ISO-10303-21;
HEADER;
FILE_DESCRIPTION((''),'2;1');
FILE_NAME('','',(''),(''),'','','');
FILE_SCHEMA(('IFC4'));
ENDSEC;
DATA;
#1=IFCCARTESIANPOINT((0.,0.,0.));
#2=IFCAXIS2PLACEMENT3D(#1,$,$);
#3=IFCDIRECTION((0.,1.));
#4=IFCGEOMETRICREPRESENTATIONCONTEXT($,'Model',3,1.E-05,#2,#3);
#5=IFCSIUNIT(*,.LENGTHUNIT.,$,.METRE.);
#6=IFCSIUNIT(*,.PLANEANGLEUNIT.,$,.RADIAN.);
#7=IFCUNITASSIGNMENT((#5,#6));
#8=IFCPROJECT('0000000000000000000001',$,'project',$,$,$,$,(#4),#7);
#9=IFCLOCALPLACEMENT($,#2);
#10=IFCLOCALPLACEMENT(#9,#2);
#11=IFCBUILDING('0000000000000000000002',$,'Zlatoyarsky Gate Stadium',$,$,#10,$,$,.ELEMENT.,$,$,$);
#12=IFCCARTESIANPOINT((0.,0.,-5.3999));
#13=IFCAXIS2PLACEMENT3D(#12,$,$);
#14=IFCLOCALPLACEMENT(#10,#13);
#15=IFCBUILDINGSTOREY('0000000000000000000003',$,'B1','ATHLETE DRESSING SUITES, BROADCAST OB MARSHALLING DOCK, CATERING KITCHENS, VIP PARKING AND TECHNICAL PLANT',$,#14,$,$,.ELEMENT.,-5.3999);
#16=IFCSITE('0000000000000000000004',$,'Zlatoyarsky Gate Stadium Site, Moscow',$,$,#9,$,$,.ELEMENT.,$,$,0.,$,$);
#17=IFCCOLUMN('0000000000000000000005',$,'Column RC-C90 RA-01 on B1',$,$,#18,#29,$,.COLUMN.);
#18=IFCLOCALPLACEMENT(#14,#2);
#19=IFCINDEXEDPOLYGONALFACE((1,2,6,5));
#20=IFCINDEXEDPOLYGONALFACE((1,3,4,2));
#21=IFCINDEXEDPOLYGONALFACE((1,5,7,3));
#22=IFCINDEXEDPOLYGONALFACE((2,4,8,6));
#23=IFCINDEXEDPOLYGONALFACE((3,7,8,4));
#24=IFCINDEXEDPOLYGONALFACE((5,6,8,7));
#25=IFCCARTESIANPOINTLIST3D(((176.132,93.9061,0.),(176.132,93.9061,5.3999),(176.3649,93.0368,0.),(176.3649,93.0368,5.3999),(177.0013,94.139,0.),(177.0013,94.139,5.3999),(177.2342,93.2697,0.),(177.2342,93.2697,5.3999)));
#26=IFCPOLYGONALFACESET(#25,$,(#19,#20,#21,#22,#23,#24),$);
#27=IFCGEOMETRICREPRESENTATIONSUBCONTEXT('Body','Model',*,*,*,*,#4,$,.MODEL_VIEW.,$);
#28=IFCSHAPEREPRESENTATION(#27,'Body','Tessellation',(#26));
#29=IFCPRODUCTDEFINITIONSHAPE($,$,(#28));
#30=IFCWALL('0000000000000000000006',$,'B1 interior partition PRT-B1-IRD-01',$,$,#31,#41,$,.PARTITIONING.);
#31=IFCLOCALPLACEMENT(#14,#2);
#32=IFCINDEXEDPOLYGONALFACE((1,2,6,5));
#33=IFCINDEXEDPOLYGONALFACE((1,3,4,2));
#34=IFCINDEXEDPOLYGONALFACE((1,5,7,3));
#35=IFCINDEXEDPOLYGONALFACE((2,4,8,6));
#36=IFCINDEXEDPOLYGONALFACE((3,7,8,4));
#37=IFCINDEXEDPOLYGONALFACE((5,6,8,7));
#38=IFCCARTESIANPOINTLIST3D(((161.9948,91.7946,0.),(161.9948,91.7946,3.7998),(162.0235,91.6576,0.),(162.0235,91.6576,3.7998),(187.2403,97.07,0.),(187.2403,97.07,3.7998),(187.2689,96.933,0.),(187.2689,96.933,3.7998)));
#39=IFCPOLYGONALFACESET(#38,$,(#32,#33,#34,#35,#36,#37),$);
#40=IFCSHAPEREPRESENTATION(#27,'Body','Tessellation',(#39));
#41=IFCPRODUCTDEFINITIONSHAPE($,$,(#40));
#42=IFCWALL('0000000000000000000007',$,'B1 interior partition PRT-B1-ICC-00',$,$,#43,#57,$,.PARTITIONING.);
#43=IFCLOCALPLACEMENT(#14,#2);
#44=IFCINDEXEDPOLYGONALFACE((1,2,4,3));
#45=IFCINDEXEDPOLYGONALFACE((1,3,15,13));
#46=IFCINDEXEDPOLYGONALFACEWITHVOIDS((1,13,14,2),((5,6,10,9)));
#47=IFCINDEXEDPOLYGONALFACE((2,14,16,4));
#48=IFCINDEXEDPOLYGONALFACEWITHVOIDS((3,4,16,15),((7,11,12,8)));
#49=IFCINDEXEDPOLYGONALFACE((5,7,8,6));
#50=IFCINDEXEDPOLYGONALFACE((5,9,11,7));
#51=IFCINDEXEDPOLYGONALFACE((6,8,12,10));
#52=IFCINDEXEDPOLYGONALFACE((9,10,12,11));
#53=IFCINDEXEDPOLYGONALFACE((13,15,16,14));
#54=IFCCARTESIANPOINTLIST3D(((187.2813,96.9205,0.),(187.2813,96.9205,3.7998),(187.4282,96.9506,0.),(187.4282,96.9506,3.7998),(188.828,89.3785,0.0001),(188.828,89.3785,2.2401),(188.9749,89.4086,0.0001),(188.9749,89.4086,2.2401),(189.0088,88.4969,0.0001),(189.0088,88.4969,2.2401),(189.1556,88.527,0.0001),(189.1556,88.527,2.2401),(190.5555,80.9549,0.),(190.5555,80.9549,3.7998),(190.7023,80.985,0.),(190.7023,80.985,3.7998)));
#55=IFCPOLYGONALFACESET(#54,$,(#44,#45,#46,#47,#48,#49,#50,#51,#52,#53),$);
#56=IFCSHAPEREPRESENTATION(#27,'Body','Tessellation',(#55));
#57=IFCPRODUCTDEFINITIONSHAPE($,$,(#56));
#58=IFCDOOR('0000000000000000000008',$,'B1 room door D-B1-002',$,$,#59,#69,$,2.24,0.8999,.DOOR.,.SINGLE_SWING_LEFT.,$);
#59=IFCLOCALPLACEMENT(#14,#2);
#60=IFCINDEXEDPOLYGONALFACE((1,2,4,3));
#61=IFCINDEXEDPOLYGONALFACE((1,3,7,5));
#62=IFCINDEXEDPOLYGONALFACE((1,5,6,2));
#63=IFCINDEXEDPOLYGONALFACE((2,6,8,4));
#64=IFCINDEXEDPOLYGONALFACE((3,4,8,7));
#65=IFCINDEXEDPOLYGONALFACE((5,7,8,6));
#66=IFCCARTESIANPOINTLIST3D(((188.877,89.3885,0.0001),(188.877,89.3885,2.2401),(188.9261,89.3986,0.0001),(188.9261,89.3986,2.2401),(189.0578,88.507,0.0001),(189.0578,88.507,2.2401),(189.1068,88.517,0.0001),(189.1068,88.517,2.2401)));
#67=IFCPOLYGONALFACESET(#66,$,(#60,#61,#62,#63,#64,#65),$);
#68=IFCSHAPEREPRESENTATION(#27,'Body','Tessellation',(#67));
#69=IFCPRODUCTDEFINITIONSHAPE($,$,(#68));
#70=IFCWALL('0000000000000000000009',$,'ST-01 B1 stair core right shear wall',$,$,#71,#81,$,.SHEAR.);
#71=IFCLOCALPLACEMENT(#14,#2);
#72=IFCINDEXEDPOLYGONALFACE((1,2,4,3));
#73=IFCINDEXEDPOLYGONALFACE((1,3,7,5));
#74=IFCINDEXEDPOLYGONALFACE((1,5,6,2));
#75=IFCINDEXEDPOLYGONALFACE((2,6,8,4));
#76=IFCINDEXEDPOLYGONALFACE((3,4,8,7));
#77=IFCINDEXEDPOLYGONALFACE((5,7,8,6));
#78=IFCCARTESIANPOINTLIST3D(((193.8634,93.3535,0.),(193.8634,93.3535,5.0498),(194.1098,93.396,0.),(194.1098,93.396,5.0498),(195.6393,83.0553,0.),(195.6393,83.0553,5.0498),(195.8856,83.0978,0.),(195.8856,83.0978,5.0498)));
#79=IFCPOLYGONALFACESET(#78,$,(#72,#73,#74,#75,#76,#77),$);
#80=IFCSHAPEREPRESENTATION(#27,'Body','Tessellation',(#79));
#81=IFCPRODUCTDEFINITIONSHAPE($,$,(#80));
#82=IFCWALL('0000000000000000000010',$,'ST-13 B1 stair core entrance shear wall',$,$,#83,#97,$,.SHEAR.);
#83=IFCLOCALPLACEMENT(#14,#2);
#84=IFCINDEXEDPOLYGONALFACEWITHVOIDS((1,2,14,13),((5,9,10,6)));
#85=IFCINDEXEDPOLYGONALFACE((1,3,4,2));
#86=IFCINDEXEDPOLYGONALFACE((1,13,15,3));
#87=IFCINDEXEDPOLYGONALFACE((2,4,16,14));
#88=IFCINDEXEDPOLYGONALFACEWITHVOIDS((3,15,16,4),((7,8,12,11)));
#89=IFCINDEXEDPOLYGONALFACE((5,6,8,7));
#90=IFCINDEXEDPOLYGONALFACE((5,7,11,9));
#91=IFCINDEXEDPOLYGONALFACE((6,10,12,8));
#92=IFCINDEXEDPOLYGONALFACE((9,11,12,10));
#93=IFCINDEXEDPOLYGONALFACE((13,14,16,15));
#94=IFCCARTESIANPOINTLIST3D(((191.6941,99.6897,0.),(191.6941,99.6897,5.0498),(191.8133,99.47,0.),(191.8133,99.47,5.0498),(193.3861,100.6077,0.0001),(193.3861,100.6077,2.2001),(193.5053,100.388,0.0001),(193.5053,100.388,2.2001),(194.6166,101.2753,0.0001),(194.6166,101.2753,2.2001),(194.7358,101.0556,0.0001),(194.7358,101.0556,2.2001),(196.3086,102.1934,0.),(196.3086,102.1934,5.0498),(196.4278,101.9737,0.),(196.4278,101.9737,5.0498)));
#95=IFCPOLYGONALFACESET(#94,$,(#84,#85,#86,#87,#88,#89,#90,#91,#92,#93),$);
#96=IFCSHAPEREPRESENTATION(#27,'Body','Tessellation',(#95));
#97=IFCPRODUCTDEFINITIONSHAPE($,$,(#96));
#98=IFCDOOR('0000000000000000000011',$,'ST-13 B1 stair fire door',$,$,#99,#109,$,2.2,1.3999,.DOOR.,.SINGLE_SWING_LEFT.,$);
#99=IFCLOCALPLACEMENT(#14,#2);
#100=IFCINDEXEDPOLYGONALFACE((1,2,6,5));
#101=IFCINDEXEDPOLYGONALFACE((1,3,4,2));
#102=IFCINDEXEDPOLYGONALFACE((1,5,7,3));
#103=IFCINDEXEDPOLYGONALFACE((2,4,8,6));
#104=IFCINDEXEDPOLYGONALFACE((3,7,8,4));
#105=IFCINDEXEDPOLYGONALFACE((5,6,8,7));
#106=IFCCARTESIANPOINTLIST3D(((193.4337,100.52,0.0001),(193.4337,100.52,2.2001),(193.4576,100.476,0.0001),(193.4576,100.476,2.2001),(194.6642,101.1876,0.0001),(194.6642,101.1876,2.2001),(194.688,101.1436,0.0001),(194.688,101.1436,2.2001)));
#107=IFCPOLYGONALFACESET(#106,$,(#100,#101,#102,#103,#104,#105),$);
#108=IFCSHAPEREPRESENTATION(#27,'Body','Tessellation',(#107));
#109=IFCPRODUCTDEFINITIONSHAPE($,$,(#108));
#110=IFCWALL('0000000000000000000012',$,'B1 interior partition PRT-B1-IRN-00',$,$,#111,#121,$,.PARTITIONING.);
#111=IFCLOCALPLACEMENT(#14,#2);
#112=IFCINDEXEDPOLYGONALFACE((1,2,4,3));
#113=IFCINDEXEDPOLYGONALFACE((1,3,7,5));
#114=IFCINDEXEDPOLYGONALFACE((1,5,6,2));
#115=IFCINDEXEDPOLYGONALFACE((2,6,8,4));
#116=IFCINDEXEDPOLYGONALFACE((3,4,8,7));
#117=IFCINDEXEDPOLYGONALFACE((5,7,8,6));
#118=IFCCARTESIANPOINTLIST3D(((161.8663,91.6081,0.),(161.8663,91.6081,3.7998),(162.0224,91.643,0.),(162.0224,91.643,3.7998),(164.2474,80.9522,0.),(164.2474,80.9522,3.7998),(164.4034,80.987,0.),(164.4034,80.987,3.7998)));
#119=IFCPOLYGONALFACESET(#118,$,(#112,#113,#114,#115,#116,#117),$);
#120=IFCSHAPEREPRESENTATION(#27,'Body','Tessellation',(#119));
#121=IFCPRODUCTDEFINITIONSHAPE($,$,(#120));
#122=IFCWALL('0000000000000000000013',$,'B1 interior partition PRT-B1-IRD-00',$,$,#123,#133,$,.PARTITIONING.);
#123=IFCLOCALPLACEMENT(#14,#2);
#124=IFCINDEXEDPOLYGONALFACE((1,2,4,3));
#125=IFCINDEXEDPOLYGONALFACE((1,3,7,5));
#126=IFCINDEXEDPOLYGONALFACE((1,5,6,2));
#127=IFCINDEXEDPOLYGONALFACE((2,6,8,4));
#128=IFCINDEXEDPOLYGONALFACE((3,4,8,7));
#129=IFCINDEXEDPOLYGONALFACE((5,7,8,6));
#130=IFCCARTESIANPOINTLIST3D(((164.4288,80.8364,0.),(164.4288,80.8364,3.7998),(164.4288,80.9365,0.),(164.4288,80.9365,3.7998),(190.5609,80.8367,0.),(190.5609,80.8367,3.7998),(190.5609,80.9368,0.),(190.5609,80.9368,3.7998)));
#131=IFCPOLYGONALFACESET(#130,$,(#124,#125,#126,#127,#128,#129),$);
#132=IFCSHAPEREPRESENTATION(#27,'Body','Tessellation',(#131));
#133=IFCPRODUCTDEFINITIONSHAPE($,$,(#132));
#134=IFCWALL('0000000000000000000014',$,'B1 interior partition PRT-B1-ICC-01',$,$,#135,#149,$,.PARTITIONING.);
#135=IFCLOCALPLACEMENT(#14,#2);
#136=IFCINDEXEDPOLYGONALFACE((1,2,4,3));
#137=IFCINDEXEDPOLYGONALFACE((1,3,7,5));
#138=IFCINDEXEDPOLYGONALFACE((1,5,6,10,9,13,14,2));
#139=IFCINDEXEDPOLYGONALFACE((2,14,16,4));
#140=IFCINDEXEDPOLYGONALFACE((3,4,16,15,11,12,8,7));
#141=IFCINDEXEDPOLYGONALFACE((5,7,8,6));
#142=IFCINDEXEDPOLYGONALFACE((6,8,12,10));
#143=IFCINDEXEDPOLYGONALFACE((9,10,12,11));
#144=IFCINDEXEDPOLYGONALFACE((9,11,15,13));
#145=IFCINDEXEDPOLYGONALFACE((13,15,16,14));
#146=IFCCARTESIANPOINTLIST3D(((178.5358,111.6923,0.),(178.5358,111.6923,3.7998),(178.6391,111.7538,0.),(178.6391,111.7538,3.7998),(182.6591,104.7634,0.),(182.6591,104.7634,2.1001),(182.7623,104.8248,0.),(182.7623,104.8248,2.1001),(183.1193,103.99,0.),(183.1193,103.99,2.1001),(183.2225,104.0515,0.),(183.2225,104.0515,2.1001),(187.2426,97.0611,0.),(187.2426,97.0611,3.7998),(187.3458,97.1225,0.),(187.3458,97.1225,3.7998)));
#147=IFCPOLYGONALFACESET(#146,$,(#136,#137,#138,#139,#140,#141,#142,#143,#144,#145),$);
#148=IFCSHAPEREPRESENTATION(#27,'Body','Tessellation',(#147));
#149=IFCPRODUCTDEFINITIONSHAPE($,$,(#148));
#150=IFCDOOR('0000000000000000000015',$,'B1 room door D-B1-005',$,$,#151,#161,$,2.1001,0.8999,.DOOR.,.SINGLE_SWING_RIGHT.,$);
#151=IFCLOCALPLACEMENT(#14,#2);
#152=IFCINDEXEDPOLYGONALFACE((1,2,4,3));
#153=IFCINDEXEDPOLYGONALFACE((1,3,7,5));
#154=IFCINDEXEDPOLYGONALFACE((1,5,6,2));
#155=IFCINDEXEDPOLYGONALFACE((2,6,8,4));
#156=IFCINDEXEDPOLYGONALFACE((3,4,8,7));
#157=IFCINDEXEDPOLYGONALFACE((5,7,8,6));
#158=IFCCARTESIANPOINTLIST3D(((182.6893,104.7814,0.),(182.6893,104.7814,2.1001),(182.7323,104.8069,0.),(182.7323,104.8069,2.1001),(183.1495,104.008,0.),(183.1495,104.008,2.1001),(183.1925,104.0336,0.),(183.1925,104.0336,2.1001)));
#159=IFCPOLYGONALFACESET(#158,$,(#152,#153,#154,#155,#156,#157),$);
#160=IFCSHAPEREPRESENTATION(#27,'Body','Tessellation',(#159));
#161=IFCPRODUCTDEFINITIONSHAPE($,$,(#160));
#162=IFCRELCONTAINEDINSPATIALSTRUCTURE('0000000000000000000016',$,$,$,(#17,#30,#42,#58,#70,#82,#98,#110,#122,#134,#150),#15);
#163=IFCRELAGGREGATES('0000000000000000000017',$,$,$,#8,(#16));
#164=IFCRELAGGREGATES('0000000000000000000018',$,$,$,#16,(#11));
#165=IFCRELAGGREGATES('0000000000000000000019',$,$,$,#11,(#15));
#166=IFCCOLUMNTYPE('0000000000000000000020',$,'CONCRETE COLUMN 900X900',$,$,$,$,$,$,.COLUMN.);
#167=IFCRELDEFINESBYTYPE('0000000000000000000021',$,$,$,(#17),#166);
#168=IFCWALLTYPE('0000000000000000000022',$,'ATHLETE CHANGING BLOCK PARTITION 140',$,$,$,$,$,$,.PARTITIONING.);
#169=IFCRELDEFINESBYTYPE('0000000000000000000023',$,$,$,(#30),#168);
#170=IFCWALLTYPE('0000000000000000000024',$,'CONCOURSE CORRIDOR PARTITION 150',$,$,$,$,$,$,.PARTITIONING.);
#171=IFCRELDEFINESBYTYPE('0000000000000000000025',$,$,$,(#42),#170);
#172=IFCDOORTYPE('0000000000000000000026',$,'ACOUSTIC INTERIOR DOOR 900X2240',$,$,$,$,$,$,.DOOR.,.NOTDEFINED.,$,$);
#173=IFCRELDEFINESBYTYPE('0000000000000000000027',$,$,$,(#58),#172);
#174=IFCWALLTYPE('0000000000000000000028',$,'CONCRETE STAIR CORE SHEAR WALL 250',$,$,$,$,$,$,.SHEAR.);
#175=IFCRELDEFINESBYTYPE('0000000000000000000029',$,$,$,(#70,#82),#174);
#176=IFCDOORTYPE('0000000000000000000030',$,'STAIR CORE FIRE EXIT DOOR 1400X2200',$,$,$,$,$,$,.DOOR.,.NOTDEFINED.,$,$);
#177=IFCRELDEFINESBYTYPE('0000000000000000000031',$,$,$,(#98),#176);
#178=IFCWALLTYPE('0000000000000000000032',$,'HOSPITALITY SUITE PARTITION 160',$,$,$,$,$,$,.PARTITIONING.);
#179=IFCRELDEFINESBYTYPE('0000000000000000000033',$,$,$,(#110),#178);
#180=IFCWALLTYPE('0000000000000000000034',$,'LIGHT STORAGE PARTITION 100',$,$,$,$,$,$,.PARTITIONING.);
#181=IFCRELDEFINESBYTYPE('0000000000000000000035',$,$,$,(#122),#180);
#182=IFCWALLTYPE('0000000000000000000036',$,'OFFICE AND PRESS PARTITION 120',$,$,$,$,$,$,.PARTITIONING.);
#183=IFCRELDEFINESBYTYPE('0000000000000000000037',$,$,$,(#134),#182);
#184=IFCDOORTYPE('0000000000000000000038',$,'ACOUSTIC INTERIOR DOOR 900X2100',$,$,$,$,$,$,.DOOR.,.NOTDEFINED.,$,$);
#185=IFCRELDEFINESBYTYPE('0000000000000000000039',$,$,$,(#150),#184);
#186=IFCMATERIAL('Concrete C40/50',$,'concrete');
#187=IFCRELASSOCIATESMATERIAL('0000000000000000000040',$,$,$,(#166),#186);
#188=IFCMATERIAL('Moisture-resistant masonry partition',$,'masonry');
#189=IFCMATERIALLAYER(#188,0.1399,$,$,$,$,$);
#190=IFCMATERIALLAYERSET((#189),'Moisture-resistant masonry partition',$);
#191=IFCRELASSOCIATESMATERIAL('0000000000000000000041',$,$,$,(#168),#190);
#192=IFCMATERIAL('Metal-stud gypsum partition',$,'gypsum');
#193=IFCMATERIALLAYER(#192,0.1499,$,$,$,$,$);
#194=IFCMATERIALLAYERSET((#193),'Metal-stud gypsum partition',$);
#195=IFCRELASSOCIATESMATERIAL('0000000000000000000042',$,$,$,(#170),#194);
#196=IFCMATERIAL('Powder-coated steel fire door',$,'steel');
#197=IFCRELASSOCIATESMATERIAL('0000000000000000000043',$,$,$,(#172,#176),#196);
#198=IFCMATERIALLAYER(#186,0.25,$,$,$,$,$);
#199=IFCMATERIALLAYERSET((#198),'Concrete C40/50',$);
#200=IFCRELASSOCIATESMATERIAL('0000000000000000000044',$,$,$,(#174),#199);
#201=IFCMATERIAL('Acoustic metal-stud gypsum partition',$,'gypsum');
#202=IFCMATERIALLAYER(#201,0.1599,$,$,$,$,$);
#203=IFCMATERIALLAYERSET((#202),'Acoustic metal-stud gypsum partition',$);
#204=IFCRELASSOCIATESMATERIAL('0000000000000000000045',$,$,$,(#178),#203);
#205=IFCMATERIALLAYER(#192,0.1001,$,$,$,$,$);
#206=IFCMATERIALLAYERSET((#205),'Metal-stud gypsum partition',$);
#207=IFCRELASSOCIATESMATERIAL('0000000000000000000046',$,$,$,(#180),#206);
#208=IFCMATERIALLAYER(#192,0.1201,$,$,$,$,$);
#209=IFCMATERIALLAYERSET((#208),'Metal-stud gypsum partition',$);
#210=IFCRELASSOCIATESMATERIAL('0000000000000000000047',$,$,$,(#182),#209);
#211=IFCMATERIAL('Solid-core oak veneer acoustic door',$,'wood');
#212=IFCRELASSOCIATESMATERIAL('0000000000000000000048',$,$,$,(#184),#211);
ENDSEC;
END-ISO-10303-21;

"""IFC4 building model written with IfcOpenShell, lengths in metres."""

from ifc_helpers import new_model, si_unit, direction, frame, frame_2d, origin, origin_2d, place, context, subcontext, project, spatial, rectangle, extrude, material, layer, layer_set, material_profile, profile_set, type_object, element, fill, save


model = new_model("IFC4")

# Units and contexts
model_context = context("Model", 3, precision=1e-05, world=origin(), true_north=direction((0.0, 1.0)))
body_context = subcontext(model_context, "Body", "Model", "MODEL_VIEW")
ifc_project = project(units=[si_unit("LENGTHUNIT", "METRE"), si_unit("PLANEANGLEUNIT", "RADIAN")], contexts=[model_context])

# Site, building, storey
site_placement = place(None, origin())
site = spatial("IfcSite", under=ifc_project, at=site_placement, Name="Zlatoyarsky Gate Stadium Site, Moscow", CompositionType="ELEMENT", RefElevation=0.0)
building_placement = place(site_placement, origin())
building = spatial("IfcBuilding", under=site, at=building_placement, Name="Zlatoyarsky Gate Stadium", CompositionType="ELEMENT")
storey_placement = place(building_placement, frame((0.0, 0.0, -5.3999)))
storey = spatial("IfcBuildingStorey", under=building, at=storey_placement, Name="B1", Description="ATHLETE DRESSING SUITES, BROADCAST OB MARSHALLING DOCK, CATERING KITCHENS, VIP PARKING AND TECHNICAL PLANT", CompositionType="ELEMENT", Elevation=-5.3999)

# Column
ifc_material_1 = material(Name="Concrete C40/50", Category="concrete")
ifc_material_profile_1 = material_profile(ifc_material_1, rectangle(XDim=0.8999, YDim=0.8999, at=origin_2d()), Name="RC COL 900X900")
ifc_profile_set_1 = profile_set([ifc_material_profile_1], Name="Concrete C40/50")
column_type_1 = type_object("IfcColumnType", Name="CONCRETE COLUMN 900X900", PredefinedType="COLUMN", material=ifc_profile_set_1)
column_1_placement = place(storey_placement, frame((176.6831, 93.5879, 0.0), z_axis=(0.0, 0.0, 1.0), x_axis=(0.965926, 0.258819, 0.0)))
element("IfcColumn", 1, at=column_1_placement, inside=storey, type_object=column_type_1, Name="Column RC-C90 RA-01 on B1", PredefinedType="COLUMN", context=body_context, shape_type="SweptSolid", body=[
    extrude(rectangle(XDim=0.8999, YDim=0.8999, at=origin_2d()), origin(), (0.0, 0.0, 1.0), 5.3999),
])

# Wall
ifc_material_2 = material(Name="Moisture-resistant masonry partition", Category="masonry")
ifc_layer_1 = layer(ifc_material_2, 0.1399)
ifc_layer_set_1 = layer_set([ifc_layer_1], Name="Moisture-resistant masonry partition")
wall_type_1 = type_object("IfcWallType", Name="ATHLETE CHANGING BLOCK PARTITION 140", PredefinedType="PARTITIONING", material=ifc_layer_set_1)
wall_1_placement = place(storey_placement, frame((162.009, 91.7261, 0.0), z_axis=(0.0, 0.0, 1.0), x_axis=(0.978857, 0.204547, 0.0)))
element("IfcWall", 2, at=wall_1_placement, inside=storey, type_object=wall_type_1, Name="B1 interior partition PRT-B1-IRD-01", PredefinedType="PARTITIONING", context=body_context, shape_type="SweptSolid", body=[
    extrude(rectangle(XDim=25.7908, YDim=0.1399, at=frame_2d((12.8955, 0.0))), origin(), (0.0, 0.0, 1.0), 3.7998),
])

# Wall, opening, door
ifc_material_3 = material(Name="Metal-stud gypsum partition", Category="gypsum")
ifc_layer_2 = layer(ifc_material_3, 0.1499)
ifc_layer_set_2 = layer_set([ifc_layer_2], Name="Metal-stud gypsum partition")
wall_type_2 = type_object("IfcWallType", Name="CONCOURSE CORRIDOR PARTITION 150", PredefinedType="PARTITIONING", material=ifc_layer_set_2)
wall_2_placement = place(storey_placement, frame((190.6289, 80.97, 0.0), z_axis=(0.0, 0.0, 1.0), x_axis=(-0.200896, 0.979613, 0.0)))
wall_2 = element("IfcWall", 3, at=wall_2_placement, inside=storey, type_object=wall_type_2, Name="B1 interior partition PRT-B1-ICC-00", PredefinedType="PARTITIONING", context=body_context, shape_type="SweptSolid", body=[
    extrude(rectangle(XDim=16.2979, YDim=0.1499, at=frame_2d((8.1489, 0.0))), origin(), (0.0, 0.0, 1.0), 3.7998),
])
opening_1_placement = place(wall_2_placement, frame((7.699, 0.0, 0.0)))
opening_1 = element("IfcOpeningElement", 4, at=opening_1_placement, cuts=wall_2, PredefinedType="OPENING", context=body_context, shape_type="SweptSolid", body=[
    extrude(rectangle(XDim=0.8999, YDim=2.24, at=frame_2d((0.45, 1.1201))), frame((0.0, 0.085, 0.0), z_axis=(0.0, -1.0, 0.0), x_axis=(1.0, 0.0, 0.0)), (0.0, 0.0, 1.0), 0.1699),
])
ifc_material_4 = material(Name="Powder-coated steel fire door", Category="steel")
door_type_1 = type_object("IfcDoorType", Name="ACOUSTIC INTERIOR DOOR 900X2240", OperationType="NOTDEFINED", PredefinedType="DOOR", material=ifc_material_4)
door_1_placement = place(opening_1_placement, origin())
door_1 = element("IfcDoor", 5, at=door_1_placement, inside=storey, type_object=door_type_1, Name="B1 room door D-B1-002", OperationType="SINGLE_SWING_LEFT", OverallHeight=2.24, OverallWidth=0.8999, PredefinedType="DOOR", context=body_context, shape_type="SweptSolid", body=[
    extrude(rectangle(XDim=0.8999, YDim=2.24, at=frame_2d((0.45, 1.1201))), frame((0.0, 0.0249, 0.0), z_axis=(0.0, -1.0, 0.0), x_axis=(1.0, 0.0, 0.0)), (0.0, 0.0, 1.0), 0.05),
])
fill(opening_1, door_1)

# Wall
ifc_layer_3 = layer(ifc_material_1, 0.25)
ifc_layer_set_3 = layer_set([ifc_layer_3], Name="Concrete C40/50")
wall_type_3 = type_object("IfcWallType", Name="CONCRETE STAIR CORE SHEAR WALL 250", PredefinedType="SHEAR", material=ifc_layer_set_3)
wall_3_placement = place(storey_placement, frame((193.9866, 93.3748, 0.0), z_axis=(0.0, 0.0, 1.0), x_axis=(0.169939, -0.985455, 0.0)))
element("IfcWall", 6, at=wall_3_placement, inside=storey, type_object=wall_type_3, Name="ST-01 B1 stair core right shear wall", PredefinedType="SHEAR", context=body_context, shape_type="SweptSolid", body=[
    extrude(rectangle(XDim=10.4502, YDim=0.25, at=frame_2d((5.2251, 0.0))), origin(), (0.0, 0.0, 1.0), 5.0498),
])

# Wall, opening, door
wall_4_placement = place(storey_placement, frame((191.7537, 99.5798, 0.0), z_axis=(0.0, 0.0, 1.0), x_axis=(0.878961, 0.476893, 0.0)))
wall_4 = element("IfcWall", 7, at=wall_4_placement, inside=storey, type_object=wall_type_3, Name="ST-13 B1 stair core entrance shear wall", PredefinedType="SHEAR", context=body_context, shape_type="SweptSolid", body=[
    extrude(rectangle(XDim=5.25, YDim=0.25, at=frame_2d((2.625, 0.0))), origin(), (0.0, 0.0, 1.0), 5.0498),
])
opening_2_placement = place(wall_4_placement, frame((1.925, 0.0, 0.0)))
opening_2 = element("IfcOpeningElement", 8, at=opening_2_placement, cuts=wall_4, PredefinedType="OPENING", context=body_context, shape_type="SweptSolid", body=[
    extrude(rectangle(XDim=1.3999, YDim=2.2, at=frame_2d((0.7, 1.1001))), frame((0.0, 0.135, 0.0), z_axis=(0.0, -1.0, 0.0), x_axis=(1.0, 0.0, 0.0)), (0.0, 0.0, 1.0), 0.27),
])
door_type_2 = type_object("IfcDoorType", Name="STAIR CORE FIRE EXIT DOOR 1400X2200", OperationType="NOTDEFINED", PredefinedType="DOOR", material=ifc_material_4)
door_2_placement = place(opening_2_placement, frame((1.3999, 0.0, 0.0), z_axis=(0.0, 0.0, 1.0), x_axis=(-1.0, 0.0, 0.0)))
door_2 = element("IfcDoor", 9, at=door_2_placement, inside=storey, type_object=door_type_2, Name="ST-13 B1 stair fire door", OperationType="SINGLE_SWING_LEFT", OverallHeight=2.2, OverallWidth=1.3999, PredefinedType="DOOR", context=body_context, shape_type="SweptSolid", body=[
    extrude(rectangle(XDim=1.3999, YDim=2.2, at=frame_2d((0.7, 1.1001))), frame((0.0, 0.0249, 0.0), z_axis=(0.0, -1.0, 0.0), x_axis=(1.0, 0.0, 0.0)), (0.0, 0.0, 1.0), 0.05),
])
fill(opening_2, door_2)

# Walls
ifc_material_5 = material(Name="Acoustic metal-stud gypsum partition", Category="gypsum")
ifc_layer_4 = layer(ifc_material_5, 0.1599)
ifc_layer_set_4 = layer_set([ifc_layer_4], Name="Acoustic metal-stud gypsum partition")
wall_type_4 = type_object("IfcWallType", Name="HOSPITALITY SUITE PARTITION 160", PredefinedType="PARTITIONING", material=ifc_layer_set_4)
wall_5_placement = place(storey_placement, frame((164.3254, 80.9695, 0.0), z_axis=(0.0, 0.0, 1.0), x_axis=(-0.218074, 0.975932, 0.0)))
element("IfcWall", 10, at=wall_5_placement, inside=storey, type_object=wall_type_4, Name="B1 interior partition PRT-B1-IRN-00", PredefinedType="PARTITIONING", context=body_context, shape_type="SweptSolid", body=[
    extrude(rectangle(XDim=10.9187, YDim=0.1599, at=frame_2d((5.4595, 0.0))), origin(), (0.0, 0.0, 1.0), 3.7998),
])
ifc_layer_5 = layer(ifc_material_3, 0.1001)
ifc_layer_set_5 = layer_set([ifc_layer_5], Name="Metal-stud gypsum partition")
wall_type_5 = type_object("IfcWallType", Name="LIGHT STORAGE PARTITION 100", PredefinedType="PARTITIONING", material=ifc_layer_set_5)
wall_6_placement = place(storey_placement, frame((164.429, 80.8865, 0.0), z_axis=(0.0, 0.0, 1.0), x_axis=(1.0, 0.000009, 0.0)))
element("IfcWall", 11, at=wall_6_placement, inside=storey, type_object=wall_type_5, Name="B1 interior partition PRT-B1-IRD-00", PredefinedType="PARTITIONING", context=body_context, shape_type="SweptSolid", body=[
    extrude(rectangle(XDim=26.1321, YDim=0.1001, at=frame_2d((13.0659, 0.0))), origin(), (0.0, 0.0, 1.0), 3.7998),
])

# Wall, opening, door
ifc_layer_6 = layer(ifc_material_3, 0.1201)
ifc_layer_set_6 = layer_set([ifc_layer_6], Name="Metal-stud gypsum partition")
wall_type_6 = type_object("IfcWallType", Name="OFFICE AND PRESS PARTITION 120", PredefinedType="PARTITIONING", material=ifc_layer_set_6)
wall_7_placement = place(storey_placement, frame((187.2942, 97.0918, 0.0), z_axis=(0.0, 0.0, 1.0), x_axis=(-0.511382, 0.859354, 0.0)))
wall_7 = element("IfcWall", 12, at=wall_7_placement, inside=storey, type_object=wall_type_6, Name="B1 interior partition PRT-B1-ICC-01", PredefinedType="PARTITIONING", context=body_context, shape_type="SweptSolid", body=[
    extrude(rectangle(XDim=17.0259, YDim=0.1201, at=frame_2d((8.5129, 0.0))), origin(), (0.0, 0.0, 1.0), 3.7998),
])
opening_3_placement = place(wall_7_placement, frame((8.063, 0.0, 0.0)))
opening_3 = element("IfcOpeningElement", 13, at=opening_3_placement, cuts=wall_7, PredefinedType="OPENING", context=body_context, shape_type="SweptSolid", body=[
    extrude(rectangle(XDim=0.8999, YDim=2.1001, at=frame_2d((0.45, 1.05))), frame((0.0, 0.0701, 0.0), z_axis=(0.0, -1.0, 0.0), x_axis=(1.0, 0.0, 0.0)), (0.0, 0.0, 1.0), 0.1401),
])
ifc_material_6 = material(Name="Solid-core oak veneer acoustic door", Category="wood")
door_type_3 = type_object("IfcDoorType", Name="ACOUSTIC INTERIOR DOOR 900X2100", OperationType="NOTDEFINED", PredefinedType="DOOR", material=ifc_material_6)
door_3_placement = place(opening_3_placement, origin())
door_3 = element("IfcDoor", 14, at=door_3_placement, inside=storey, type_object=door_type_3, Name="B1 room door D-B1-005", OperationType="SINGLE_SWING_RIGHT", OverallHeight=2.1001, OverallWidth=0.8999, PredefinedType="DOOR", context=body_context, shape_type="SweptSolid", body=[
    extrude(rectangle(XDim=0.8999, YDim=2.1001, at=frame_2d((0.45, 1.05))), frame((0.0, 0.0249, 0.0), z_axis=(0.0, -1.0, 0.0), x_axis=(1.0, 0.0, 0.0)), (0.0, 0.0, 1.0), 0.05),
])
fill(opening_3, door_3)

save(model, "model.ifc")
